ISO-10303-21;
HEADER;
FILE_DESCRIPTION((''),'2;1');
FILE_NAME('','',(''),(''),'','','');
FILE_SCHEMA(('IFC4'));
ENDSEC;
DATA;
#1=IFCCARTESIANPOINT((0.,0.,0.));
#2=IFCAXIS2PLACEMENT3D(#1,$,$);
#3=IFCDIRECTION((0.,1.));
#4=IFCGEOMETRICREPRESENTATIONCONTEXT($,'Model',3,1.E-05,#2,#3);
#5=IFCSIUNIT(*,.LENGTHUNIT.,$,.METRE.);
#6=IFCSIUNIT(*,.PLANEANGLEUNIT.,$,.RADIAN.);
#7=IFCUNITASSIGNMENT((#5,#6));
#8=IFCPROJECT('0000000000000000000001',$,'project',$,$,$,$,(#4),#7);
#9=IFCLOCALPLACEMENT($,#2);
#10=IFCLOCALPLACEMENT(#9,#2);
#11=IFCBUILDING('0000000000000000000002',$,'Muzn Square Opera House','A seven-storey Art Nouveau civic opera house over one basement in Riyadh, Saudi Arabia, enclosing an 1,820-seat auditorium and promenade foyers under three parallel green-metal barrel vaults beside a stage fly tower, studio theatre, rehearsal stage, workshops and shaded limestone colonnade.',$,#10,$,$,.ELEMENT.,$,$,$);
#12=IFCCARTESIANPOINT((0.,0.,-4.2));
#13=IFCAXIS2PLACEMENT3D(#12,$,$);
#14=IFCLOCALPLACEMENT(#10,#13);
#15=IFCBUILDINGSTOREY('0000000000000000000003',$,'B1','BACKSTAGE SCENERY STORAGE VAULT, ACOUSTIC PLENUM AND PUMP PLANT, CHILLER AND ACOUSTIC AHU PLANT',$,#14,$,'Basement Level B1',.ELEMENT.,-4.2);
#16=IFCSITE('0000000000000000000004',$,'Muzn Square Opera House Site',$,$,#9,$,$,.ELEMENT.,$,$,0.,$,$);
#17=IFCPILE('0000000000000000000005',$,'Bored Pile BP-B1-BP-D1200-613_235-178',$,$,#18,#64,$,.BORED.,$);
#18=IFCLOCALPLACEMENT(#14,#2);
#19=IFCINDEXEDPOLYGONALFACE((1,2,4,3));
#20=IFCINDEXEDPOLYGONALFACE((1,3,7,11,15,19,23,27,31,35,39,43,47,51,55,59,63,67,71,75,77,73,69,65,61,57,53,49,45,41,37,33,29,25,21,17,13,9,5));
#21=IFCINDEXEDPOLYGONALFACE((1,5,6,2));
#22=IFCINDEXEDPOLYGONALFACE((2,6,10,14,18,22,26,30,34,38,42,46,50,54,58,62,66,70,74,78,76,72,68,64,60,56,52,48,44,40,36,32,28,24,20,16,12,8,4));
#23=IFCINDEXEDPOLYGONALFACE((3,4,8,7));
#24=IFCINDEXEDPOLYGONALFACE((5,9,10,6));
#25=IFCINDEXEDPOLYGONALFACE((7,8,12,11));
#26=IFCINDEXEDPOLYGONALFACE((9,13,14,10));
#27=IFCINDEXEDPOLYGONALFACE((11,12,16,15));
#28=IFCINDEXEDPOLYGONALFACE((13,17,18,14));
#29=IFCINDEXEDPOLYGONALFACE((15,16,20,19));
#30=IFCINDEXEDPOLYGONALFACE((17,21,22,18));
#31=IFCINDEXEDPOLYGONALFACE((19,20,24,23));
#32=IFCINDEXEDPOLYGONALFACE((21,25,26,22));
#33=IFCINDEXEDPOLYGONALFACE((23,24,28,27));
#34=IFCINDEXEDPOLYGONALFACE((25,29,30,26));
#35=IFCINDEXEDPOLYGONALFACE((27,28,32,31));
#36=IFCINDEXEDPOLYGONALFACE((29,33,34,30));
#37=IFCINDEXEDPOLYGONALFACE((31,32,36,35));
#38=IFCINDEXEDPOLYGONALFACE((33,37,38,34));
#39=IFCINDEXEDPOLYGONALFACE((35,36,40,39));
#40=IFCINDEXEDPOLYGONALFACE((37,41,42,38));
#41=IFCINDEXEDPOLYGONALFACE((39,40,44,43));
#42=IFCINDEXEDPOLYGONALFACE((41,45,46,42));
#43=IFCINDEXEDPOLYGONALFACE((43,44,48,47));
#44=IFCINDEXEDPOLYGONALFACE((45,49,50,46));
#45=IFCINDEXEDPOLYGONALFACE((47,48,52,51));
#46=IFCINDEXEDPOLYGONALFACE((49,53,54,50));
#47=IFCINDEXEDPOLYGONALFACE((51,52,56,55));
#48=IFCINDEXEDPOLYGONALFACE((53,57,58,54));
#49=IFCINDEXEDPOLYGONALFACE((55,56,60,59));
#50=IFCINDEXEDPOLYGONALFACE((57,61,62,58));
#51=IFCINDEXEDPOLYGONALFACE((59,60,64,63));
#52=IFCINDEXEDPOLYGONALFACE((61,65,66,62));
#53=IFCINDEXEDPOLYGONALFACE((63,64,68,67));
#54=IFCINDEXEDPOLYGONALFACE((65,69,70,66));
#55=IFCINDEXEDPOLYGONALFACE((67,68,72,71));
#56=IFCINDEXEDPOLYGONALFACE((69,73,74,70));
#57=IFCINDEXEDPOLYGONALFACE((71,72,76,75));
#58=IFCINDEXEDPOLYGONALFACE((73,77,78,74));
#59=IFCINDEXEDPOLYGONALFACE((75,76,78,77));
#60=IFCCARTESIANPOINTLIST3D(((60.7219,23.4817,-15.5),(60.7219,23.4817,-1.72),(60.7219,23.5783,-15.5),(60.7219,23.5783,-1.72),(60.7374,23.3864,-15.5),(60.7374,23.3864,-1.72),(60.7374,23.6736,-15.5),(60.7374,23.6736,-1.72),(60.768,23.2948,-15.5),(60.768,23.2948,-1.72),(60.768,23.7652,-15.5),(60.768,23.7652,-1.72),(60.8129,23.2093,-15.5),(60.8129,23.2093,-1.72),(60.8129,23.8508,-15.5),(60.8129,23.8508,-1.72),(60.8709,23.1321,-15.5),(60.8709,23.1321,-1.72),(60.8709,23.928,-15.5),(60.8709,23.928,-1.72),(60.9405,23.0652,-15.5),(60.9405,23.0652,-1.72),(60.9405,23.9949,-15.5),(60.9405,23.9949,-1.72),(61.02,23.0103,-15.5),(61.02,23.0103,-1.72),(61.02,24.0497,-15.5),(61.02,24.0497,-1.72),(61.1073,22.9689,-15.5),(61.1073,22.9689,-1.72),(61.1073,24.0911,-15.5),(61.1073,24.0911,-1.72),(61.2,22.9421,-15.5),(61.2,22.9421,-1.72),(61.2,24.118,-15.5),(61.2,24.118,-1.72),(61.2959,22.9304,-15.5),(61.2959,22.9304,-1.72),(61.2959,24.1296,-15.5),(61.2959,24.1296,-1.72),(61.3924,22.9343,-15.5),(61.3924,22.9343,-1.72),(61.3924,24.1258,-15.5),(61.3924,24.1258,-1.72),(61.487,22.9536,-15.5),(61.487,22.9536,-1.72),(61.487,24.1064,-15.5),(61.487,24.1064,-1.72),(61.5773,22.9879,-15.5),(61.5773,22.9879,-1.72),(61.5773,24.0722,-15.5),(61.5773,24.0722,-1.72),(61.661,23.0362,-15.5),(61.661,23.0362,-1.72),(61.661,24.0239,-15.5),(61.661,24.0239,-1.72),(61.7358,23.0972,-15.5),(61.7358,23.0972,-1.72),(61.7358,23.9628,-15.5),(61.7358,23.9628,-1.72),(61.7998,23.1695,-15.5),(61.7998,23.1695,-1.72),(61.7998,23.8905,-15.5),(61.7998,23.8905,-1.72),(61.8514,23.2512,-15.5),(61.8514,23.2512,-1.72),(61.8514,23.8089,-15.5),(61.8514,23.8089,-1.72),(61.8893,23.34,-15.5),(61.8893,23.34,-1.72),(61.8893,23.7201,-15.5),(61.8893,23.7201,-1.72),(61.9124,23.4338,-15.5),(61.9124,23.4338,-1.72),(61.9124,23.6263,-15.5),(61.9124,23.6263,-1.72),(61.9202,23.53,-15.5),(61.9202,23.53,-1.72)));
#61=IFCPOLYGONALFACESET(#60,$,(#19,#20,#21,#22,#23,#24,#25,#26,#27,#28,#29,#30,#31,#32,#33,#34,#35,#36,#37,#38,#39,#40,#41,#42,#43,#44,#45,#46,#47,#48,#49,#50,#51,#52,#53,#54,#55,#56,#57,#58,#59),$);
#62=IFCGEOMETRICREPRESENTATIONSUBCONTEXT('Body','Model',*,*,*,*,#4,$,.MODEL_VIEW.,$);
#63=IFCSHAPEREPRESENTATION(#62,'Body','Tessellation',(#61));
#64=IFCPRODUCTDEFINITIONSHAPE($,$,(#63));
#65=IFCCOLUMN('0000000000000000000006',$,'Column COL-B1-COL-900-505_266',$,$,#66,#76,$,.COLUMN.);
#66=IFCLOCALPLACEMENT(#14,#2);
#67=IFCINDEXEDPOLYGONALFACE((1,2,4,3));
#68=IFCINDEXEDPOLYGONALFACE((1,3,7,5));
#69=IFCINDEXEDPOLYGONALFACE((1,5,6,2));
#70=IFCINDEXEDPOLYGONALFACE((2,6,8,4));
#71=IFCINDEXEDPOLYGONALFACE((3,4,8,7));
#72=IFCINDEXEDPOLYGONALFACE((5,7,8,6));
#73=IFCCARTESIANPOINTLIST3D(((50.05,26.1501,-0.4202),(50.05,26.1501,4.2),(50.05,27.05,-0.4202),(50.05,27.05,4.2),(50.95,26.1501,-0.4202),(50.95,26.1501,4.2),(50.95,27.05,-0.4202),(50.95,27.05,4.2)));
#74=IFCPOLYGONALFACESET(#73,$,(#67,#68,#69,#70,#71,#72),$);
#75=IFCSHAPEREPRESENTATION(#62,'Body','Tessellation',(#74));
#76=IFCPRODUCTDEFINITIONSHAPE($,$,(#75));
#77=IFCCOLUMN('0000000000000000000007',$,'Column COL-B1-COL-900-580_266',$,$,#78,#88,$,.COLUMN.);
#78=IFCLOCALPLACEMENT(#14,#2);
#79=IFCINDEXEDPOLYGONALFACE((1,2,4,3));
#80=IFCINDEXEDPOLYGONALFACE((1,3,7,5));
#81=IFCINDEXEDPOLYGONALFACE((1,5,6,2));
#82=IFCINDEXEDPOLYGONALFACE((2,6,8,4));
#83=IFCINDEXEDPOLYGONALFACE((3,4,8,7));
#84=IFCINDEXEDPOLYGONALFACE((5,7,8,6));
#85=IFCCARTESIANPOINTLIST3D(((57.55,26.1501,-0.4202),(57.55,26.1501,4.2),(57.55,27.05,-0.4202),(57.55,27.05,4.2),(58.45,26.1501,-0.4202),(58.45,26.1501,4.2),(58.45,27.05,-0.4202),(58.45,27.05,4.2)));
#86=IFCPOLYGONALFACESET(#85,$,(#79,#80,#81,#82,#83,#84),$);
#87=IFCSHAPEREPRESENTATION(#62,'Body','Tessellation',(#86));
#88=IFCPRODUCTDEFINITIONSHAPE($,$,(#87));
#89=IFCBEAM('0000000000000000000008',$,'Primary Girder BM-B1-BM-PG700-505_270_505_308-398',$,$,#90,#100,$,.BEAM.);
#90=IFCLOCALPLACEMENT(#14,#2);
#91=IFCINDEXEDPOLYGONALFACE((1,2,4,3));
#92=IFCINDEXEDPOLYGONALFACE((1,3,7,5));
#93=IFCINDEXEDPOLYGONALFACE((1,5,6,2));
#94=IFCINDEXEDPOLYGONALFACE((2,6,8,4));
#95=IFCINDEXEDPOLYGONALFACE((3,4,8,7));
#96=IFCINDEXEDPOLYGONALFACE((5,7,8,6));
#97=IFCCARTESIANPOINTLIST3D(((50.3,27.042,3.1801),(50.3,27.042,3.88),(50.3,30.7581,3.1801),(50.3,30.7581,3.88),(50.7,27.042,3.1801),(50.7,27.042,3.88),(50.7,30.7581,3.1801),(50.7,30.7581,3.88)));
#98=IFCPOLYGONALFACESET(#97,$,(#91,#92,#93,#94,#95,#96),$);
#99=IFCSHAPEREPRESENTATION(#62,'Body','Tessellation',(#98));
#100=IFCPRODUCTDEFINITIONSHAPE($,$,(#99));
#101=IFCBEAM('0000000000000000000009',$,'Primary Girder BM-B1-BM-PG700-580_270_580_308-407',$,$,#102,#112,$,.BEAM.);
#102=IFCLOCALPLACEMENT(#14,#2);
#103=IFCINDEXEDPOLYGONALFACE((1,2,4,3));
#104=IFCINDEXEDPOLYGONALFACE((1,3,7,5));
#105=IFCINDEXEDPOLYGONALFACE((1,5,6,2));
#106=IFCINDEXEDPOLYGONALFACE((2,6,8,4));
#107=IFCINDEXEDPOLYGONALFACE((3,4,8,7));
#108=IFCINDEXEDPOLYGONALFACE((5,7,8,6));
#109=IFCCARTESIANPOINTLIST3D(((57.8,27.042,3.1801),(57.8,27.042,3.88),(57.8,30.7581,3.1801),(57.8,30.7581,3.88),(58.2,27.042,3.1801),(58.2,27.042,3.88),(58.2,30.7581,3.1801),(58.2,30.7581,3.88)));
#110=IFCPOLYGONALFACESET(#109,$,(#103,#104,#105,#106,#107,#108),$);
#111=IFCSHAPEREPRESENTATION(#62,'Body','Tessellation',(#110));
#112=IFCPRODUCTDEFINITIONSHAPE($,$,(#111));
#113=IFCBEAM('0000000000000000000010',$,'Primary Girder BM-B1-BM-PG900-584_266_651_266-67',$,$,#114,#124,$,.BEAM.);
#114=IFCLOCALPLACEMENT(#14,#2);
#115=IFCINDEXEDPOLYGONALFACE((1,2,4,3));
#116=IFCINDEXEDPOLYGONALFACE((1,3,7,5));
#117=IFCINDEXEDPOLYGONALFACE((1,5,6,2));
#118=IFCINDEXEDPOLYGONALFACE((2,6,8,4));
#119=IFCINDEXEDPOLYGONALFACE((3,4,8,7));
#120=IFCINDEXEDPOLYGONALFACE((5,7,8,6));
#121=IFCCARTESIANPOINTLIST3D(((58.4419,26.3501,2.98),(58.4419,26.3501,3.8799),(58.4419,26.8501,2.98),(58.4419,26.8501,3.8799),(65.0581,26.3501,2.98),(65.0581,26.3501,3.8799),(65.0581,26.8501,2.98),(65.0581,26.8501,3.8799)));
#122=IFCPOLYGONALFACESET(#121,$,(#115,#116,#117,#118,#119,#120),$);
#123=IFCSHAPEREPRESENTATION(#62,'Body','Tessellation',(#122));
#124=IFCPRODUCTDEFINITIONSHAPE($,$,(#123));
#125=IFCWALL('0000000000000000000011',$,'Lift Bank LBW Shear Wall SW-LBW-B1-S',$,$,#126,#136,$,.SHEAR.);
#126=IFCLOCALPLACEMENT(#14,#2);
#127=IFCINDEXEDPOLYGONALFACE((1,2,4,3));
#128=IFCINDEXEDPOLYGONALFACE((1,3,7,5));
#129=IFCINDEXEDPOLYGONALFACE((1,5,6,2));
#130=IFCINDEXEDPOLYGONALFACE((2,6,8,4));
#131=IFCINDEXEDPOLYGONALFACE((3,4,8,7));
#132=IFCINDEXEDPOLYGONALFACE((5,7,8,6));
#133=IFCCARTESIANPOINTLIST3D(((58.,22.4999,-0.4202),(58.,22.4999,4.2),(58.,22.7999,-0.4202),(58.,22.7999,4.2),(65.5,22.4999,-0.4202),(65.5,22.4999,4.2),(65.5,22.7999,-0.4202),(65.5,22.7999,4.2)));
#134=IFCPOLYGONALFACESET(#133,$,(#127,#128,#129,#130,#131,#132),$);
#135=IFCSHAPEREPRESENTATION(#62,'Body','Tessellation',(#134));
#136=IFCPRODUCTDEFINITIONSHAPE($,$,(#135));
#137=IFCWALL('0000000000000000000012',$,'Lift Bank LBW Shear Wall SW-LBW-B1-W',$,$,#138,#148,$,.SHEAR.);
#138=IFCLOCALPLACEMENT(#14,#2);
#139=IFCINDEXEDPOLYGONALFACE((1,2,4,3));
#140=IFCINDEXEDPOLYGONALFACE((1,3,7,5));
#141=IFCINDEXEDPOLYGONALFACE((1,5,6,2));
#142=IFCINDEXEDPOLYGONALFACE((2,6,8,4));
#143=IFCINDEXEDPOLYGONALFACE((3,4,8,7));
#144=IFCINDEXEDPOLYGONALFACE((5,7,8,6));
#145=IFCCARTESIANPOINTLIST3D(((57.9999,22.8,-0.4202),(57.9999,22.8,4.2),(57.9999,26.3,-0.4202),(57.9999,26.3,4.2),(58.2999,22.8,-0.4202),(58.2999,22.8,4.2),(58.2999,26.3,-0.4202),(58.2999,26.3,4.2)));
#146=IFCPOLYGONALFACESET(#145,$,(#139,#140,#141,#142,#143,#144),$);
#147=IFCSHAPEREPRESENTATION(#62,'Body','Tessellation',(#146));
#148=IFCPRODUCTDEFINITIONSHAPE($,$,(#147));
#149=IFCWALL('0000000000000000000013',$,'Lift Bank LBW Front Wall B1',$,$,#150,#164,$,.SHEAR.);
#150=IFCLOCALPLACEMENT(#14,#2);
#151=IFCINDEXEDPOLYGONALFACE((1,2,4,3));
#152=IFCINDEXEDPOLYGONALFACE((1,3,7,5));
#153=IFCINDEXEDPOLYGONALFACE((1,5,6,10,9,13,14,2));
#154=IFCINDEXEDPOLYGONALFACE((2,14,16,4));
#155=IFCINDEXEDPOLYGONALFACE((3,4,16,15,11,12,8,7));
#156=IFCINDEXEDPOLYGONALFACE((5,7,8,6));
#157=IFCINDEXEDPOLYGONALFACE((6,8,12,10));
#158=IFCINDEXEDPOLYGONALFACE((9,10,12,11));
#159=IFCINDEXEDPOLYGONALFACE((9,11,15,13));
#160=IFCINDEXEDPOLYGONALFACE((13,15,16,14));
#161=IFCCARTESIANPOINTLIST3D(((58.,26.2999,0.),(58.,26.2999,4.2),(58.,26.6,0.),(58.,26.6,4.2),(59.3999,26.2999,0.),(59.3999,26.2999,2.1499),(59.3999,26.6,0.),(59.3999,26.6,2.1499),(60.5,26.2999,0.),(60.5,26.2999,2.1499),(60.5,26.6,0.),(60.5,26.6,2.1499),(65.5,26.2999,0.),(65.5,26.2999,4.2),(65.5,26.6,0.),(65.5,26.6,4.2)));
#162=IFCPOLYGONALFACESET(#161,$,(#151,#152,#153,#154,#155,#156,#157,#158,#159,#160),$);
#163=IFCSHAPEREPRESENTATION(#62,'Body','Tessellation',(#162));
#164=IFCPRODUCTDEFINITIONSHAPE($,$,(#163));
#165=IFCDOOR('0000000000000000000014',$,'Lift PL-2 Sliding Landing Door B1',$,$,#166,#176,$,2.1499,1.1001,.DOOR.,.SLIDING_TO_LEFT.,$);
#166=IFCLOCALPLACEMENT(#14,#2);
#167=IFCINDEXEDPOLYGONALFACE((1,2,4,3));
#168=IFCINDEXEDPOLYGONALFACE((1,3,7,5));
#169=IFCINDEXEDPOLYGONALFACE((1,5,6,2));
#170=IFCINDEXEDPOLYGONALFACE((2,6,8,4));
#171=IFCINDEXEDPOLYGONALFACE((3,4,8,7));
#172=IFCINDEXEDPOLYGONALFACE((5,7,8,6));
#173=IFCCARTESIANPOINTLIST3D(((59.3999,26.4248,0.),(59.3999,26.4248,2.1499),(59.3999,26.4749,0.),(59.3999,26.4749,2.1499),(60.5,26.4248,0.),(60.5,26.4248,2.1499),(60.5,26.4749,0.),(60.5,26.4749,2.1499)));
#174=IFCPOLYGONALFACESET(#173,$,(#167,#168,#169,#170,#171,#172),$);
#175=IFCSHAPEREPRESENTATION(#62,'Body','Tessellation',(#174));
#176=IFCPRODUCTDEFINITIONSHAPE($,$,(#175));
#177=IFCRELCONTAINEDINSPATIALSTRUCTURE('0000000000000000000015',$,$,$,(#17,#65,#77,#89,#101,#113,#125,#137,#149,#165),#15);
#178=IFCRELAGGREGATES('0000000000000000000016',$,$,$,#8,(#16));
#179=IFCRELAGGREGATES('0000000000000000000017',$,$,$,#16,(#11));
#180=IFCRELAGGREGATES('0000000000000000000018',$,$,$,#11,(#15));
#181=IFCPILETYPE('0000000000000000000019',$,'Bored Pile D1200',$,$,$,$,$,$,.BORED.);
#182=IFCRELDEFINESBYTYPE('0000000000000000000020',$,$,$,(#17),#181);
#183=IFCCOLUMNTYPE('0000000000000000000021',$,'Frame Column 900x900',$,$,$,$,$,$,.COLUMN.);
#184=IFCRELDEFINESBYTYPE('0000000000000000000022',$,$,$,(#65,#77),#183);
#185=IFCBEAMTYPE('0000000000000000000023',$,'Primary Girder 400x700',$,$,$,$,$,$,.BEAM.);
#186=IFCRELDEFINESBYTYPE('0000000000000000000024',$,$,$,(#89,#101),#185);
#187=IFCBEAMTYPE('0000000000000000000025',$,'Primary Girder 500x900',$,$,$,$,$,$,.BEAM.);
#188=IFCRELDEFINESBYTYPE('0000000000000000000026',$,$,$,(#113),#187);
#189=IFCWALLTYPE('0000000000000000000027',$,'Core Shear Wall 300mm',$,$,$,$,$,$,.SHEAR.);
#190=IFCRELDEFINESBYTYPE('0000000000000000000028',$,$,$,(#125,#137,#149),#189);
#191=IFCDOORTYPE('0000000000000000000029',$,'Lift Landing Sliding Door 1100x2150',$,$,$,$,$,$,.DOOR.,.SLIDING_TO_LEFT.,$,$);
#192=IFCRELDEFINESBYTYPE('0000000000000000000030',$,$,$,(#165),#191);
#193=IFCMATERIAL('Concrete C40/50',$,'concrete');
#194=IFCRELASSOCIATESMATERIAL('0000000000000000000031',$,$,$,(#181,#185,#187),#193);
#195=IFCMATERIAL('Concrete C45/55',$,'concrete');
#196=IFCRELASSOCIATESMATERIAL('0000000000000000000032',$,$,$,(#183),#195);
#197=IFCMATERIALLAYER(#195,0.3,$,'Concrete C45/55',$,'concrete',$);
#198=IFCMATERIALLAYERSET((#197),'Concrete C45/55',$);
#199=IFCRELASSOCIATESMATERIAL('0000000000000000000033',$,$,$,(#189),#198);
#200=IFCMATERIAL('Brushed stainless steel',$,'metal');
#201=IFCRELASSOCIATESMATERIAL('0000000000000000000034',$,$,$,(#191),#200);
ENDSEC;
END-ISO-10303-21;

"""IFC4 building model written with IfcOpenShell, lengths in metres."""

from ifc_helpers import new_model, si_unit, direction, frame, frame_2d, origin, origin_2d, place, context, subcontext, project, spatial, rectangle, circle, extrude, material, layer, layer_set, material_profile, profile_set, type_object, element, fill, save


model = new_model("IFC4")

# Units and contexts
model_context = context("Model", 3, precision=1e-05, world=origin(), true_north=direction((0.0, 1.0)))
body_context = subcontext(model_context, "Body", "Model", "MODEL_VIEW")
ifc_project = project(units=[si_unit("LENGTHUNIT", "METRE"), si_unit("PLANEANGLEUNIT", "RADIAN")], contexts=[model_context])

# Site, building, storey
site_placement = place(None, origin())
site = spatial("IfcSite", under=ifc_project, at=site_placement, Name="Muzn Square Opera House Site", CompositionType="ELEMENT", RefElevation=0.0)
building_placement = place(site_placement, origin())
building = spatial("IfcBuilding", under=site, at=building_placement, Name="Muzn Square Opera House", Description="A seven-storey Art Nouveau civic opera house over one basement in Riyadh, Saudi Arabia, enclosing an 1,820-seat auditorium and promenade foyers under three parallel green-metal barrel vaults beside a stage fly tower, studio theatre, rehearsal stage, workshops and shaded limestone colonnade.", CompositionType="ELEMENT")
storey_placement = place(building_placement, frame((0.0, 0.0, -4.2)))
storey = spatial("IfcBuildingStorey", under=building, at=storey_placement, Name="B1", Description="BACKSTAGE SCENERY STORAGE VAULT, ACOUSTIC PLENUM AND PUMP PLANT, CHILLER AND ACOUSTIC AHU PLANT", LongName="Basement Level B1", CompositionType="ELEMENT", Elevation=-4.2)

# Pile
ifc_material_1 = material(Name="Concrete C40/50", Category="concrete")
ifc_material_profile_1 = material_profile(ifc_material_1, circle(Radius=0.6001, at=origin_2d()), Name="BORED PILE D1200", Category="concrete")
ifc_profile_set_1 = profile_set([ifc_material_profile_1], Name="Concrete C40/50")
pile_type = type_object("IfcPileType", Name="Bored Pile D1200", PredefinedType="BORED", material=ifc_profile_set_1)
for number, where, z_axis, x_axis, name in (
    (1, (61.3201, 23.53, -1.72), (0.0, 0.0, -1.0), (1.0, 0.0, 0.0), "Bored Pile BP-B1-BP-D1200-613_235-178"),
):
    element("IfcPile", number, at=place(storey_placement, frame(where, z_axis=z_axis, x_axis=x_axis)), inside=storey, type_object=pile_type, Name=name, PredefinedType="BORED", context=body_context, shape_type="SweptSolid", body=[
        extrude(circle(Radius=0.6001, at=origin_2d()), origin(), (0.0, 0.0, 1.0), 13.78),
    ])

# Columns
ifc_material_2 = material(Name="Concrete C45/55", Category="concrete")
ifc_material_profile_2 = material_profile(ifc_material_2, rectangle(XDim=0.8999, YDim=0.8999, at=origin_2d()), Name="RC 900x900", Category="concrete")
ifc_profile_set_2 = profile_set([ifc_material_profile_2], Name="Concrete C45/55")
column_type = type_object("IfcColumnType", Name="Frame Column 900x900", PredefinedType="COLUMN", material=ifc_profile_set_2)
for number, where, z_axis, x_axis, name in (
    (2, (50.5, 26.6001, -0.4202), (0.0, 0.0, 1.0), (1.0, 0.0, 0.0), "Column COL-B1-COL-900-505_266"),
    (3, (58.0, 26.6001, -0.4202), (0.0, 0.0, 1.0), (1.0, 0.0, 0.0), "Column COL-B1-COL-900-580_266"),
):
    element("IfcColumn", number, at=place(storey_placement, frame(where, z_axis=z_axis, x_axis=x_axis)), inside=storey, type_object=column_type, Name=name, PredefinedType="COLUMN", context=body_context, shape_type="SweptSolid", body=[
        extrude(rectangle(XDim=0.8999, YDim=0.8999, at=origin_2d()), origin(), (0.0, 0.0, 1.0), 4.6201),
    ])

# Beams
ifc_material_profile_3 = material_profile(ifc_material_1, rectangle(XDim=0.3999, YDim=0.7, at=origin_2d()), Name="RCB 400x700", Category="concrete")
ifc_profile_set_3 = profile_set([ifc_material_profile_3], Name="Concrete C40/50")
beam_type_1 = type_object("IfcBeamType", Name="Primary Girder 400x700", PredefinedType="BEAM", material=ifc_profile_set_3)
for number, where, z_axis, x_axis, name in (
    (4, (50.5, 27.042, 3.53), (0.0, 1.0, 0.0), (-1.0, 0.0, 0.0), "Primary Girder BM-B1-BM-PG700-505_270_505_308-398"),
    (5, (58.0, 27.042, 3.53), (0.0, 1.0, 0.0), (-1.0, 0.0, 0.0), "Primary Girder BM-B1-BM-PG700-580_270_580_308-407"),
):
    element("IfcBeam", number, at=place(storey_placement, frame(where, z_axis=z_axis, x_axis=x_axis)), inside=storey, type_object=beam_type_1, Name=name, PredefinedType="BEAM", context=body_context, shape_type="SweptSolid", body=[
        extrude(rectangle(XDim=0.3999, YDim=0.7, at=origin_2d()), origin(), (0.0, 0.0, 1.0), 3.7161),
    ])
ifc_material_profile_4 = material_profile(ifc_material_1, rectangle(XDim=0.5, YDim=0.8999, at=origin_2d()), Name="RCB 500x900", Category="concrete")
ifc_profile_set_4 = profile_set([ifc_material_profile_4], Name="Concrete C40/50")
beam_type_2 = type_object("IfcBeamType", Name="Primary Girder 500x900", PredefinedType="BEAM", material=ifc_profile_set_4)
beam_placement = place(storey_placement, frame((58.4419, 26.6001, 3.4299), z_axis=(1.0, 0.0, 0.0), x_axis=(0.0, 1.0, 0.0)))
element("IfcBeam", 6, at=beam_placement, inside=storey, type_object=beam_type_2, Name="Primary Girder BM-B1-BM-PG900-584_266_651_266-67", PredefinedType="BEAM", context=body_context, shape_type="SweptSolid", body=[
    extrude(rectangle(XDim=0.5, YDim=0.8999, at=origin_2d()), origin(), (0.0, 0.0, 1.0), 6.6162),
])

# Walls
ifc_layer_1 = layer(ifc_material_2, 0.3, Name="Concrete C45/55", Category="concrete")
ifc_layer_set_1 = layer_set([ifc_layer_1], Name="Concrete C45/55")
wall_type_1 = type_object("IfcWallType", Name="Core Shear Wall 300mm", PredefinedType="SHEAR", material=ifc_layer_set_1)
wall_1_placement = place(storey_placement, frame((58.0, 22.6499, -0.4202), z_axis=(0.0, 0.0, 1.0), x_axis=(1.0, 0.0, 0.0)))
element("IfcWall", 7, at=wall_1_placement, inside=storey, type_object=wall_type_1, Name="Lift Bank LBW Shear Wall SW-LBW-B1-S", PredefinedType="SHEAR", context=body_context, shape_type="SweptSolid", body=[
    extrude(rectangle(XDim=7.5, YDim=0.3, at=frame_2d((3.75, 0.0))), origin(), (0.0, 0.0, 1.0), 4.6201),
])
wall_2_placement = place(storey_placement, frame((58.1499, 22.8, -0.4202), z_axis=(0.0, 0.0, 1.0), x_axis=(0.0, 1.0, 0.0)))
element("IfcWall", 8, at=wall_2_placement, inside=storey, type_object=wall_type_1, Name="Lift Bank LBW Shear Wall SW-LBW-B1-W", PredefinedType="SHEAR", context=body_context, shape_type="SweptSolid", body=[
    extrude(rectangle(XDim=3.5, YDim=0.3, at=frame_2d((1.75, 0.0))), origin(), (0.0, 0.0, 1.0), 4.6201),
])

# Wall, opening, door
wall_3_placement = place(storey_placement, frame((58.0, 26.45, 0.0), z_axis=(0.0, 0.0, 1.0), x_axis=(1.0, 0.0, 0.0)))
wall_3 = element("IfcWall", 9, at=wall_3_placement, inside=storey, type_object=wall_type_1, Name="Lift Bank LBW Front Wall B1", PredefinedType="SHEAR", context=body_context, shape_type="SweptSolid", body=[
    extrude(rectangle(XDim=7.5, YDim=0.3, at=frame_2d((3.75, 0.0))), origin(), (0.0, 0.0, 1.0), 4.2),
])
opening_placement = place(wall_3_placement, frame((1.3999, 0.0, 0.0)))
opening = element("IfcOpeningElement", 10, at=opening_placement, cuts=wall_3, PredefinedType="OPENING", context=body_context, shape_type="SweptSolid", body=[
    extrude(rectangle(XDim=1.1001, YDim=2.1499, at=frame_2d((0.55, 1.075))), frame((0.0, 0.1599, 0.0), z_axis=(0.0, -1.0, 0.0), x_axis=(1.0, 0.0, 0.0)), (0.0, 0.0, 1.0), 0.3201),
])
ifc_material_3 = material(Name="Brushed stainless steel", Category="metal")
door_type = type_object("IfcDoorType", Name="Lift Landing Sliding Door 1100x2150", OperationType="SLIDING_TO_LEFT", PredefinedType="DOOR", material=ifc_material_3)
door_placement = place(opening_placement, origin())
door = element("IfcDoor", 11, at=door_placement, inside=storey, type_object=door_type, Name="Lift PL-2 Sliding Landing Door B1", OperationType="SLIDING_TO_LEFT", OverallHeight=2.1499, OverallWidth=1.1001, PredefinedType="DOOR", context=body_context, shape_type="SweptSolid", body=[
    extrude(rectangle(XDim=1.1001, YDim=2.1499, at=frame_2d((0.55, 1.075))), frame((0.0, 0.0249, 0.0), z_axis=(0.0, -1.0, 0.0), x_axis=(1.0, 0.0, 0.0)), (0.0, 0.0, 1.0), 0.05),
])
fill(opening, door)

save(model, "model.ifc")
